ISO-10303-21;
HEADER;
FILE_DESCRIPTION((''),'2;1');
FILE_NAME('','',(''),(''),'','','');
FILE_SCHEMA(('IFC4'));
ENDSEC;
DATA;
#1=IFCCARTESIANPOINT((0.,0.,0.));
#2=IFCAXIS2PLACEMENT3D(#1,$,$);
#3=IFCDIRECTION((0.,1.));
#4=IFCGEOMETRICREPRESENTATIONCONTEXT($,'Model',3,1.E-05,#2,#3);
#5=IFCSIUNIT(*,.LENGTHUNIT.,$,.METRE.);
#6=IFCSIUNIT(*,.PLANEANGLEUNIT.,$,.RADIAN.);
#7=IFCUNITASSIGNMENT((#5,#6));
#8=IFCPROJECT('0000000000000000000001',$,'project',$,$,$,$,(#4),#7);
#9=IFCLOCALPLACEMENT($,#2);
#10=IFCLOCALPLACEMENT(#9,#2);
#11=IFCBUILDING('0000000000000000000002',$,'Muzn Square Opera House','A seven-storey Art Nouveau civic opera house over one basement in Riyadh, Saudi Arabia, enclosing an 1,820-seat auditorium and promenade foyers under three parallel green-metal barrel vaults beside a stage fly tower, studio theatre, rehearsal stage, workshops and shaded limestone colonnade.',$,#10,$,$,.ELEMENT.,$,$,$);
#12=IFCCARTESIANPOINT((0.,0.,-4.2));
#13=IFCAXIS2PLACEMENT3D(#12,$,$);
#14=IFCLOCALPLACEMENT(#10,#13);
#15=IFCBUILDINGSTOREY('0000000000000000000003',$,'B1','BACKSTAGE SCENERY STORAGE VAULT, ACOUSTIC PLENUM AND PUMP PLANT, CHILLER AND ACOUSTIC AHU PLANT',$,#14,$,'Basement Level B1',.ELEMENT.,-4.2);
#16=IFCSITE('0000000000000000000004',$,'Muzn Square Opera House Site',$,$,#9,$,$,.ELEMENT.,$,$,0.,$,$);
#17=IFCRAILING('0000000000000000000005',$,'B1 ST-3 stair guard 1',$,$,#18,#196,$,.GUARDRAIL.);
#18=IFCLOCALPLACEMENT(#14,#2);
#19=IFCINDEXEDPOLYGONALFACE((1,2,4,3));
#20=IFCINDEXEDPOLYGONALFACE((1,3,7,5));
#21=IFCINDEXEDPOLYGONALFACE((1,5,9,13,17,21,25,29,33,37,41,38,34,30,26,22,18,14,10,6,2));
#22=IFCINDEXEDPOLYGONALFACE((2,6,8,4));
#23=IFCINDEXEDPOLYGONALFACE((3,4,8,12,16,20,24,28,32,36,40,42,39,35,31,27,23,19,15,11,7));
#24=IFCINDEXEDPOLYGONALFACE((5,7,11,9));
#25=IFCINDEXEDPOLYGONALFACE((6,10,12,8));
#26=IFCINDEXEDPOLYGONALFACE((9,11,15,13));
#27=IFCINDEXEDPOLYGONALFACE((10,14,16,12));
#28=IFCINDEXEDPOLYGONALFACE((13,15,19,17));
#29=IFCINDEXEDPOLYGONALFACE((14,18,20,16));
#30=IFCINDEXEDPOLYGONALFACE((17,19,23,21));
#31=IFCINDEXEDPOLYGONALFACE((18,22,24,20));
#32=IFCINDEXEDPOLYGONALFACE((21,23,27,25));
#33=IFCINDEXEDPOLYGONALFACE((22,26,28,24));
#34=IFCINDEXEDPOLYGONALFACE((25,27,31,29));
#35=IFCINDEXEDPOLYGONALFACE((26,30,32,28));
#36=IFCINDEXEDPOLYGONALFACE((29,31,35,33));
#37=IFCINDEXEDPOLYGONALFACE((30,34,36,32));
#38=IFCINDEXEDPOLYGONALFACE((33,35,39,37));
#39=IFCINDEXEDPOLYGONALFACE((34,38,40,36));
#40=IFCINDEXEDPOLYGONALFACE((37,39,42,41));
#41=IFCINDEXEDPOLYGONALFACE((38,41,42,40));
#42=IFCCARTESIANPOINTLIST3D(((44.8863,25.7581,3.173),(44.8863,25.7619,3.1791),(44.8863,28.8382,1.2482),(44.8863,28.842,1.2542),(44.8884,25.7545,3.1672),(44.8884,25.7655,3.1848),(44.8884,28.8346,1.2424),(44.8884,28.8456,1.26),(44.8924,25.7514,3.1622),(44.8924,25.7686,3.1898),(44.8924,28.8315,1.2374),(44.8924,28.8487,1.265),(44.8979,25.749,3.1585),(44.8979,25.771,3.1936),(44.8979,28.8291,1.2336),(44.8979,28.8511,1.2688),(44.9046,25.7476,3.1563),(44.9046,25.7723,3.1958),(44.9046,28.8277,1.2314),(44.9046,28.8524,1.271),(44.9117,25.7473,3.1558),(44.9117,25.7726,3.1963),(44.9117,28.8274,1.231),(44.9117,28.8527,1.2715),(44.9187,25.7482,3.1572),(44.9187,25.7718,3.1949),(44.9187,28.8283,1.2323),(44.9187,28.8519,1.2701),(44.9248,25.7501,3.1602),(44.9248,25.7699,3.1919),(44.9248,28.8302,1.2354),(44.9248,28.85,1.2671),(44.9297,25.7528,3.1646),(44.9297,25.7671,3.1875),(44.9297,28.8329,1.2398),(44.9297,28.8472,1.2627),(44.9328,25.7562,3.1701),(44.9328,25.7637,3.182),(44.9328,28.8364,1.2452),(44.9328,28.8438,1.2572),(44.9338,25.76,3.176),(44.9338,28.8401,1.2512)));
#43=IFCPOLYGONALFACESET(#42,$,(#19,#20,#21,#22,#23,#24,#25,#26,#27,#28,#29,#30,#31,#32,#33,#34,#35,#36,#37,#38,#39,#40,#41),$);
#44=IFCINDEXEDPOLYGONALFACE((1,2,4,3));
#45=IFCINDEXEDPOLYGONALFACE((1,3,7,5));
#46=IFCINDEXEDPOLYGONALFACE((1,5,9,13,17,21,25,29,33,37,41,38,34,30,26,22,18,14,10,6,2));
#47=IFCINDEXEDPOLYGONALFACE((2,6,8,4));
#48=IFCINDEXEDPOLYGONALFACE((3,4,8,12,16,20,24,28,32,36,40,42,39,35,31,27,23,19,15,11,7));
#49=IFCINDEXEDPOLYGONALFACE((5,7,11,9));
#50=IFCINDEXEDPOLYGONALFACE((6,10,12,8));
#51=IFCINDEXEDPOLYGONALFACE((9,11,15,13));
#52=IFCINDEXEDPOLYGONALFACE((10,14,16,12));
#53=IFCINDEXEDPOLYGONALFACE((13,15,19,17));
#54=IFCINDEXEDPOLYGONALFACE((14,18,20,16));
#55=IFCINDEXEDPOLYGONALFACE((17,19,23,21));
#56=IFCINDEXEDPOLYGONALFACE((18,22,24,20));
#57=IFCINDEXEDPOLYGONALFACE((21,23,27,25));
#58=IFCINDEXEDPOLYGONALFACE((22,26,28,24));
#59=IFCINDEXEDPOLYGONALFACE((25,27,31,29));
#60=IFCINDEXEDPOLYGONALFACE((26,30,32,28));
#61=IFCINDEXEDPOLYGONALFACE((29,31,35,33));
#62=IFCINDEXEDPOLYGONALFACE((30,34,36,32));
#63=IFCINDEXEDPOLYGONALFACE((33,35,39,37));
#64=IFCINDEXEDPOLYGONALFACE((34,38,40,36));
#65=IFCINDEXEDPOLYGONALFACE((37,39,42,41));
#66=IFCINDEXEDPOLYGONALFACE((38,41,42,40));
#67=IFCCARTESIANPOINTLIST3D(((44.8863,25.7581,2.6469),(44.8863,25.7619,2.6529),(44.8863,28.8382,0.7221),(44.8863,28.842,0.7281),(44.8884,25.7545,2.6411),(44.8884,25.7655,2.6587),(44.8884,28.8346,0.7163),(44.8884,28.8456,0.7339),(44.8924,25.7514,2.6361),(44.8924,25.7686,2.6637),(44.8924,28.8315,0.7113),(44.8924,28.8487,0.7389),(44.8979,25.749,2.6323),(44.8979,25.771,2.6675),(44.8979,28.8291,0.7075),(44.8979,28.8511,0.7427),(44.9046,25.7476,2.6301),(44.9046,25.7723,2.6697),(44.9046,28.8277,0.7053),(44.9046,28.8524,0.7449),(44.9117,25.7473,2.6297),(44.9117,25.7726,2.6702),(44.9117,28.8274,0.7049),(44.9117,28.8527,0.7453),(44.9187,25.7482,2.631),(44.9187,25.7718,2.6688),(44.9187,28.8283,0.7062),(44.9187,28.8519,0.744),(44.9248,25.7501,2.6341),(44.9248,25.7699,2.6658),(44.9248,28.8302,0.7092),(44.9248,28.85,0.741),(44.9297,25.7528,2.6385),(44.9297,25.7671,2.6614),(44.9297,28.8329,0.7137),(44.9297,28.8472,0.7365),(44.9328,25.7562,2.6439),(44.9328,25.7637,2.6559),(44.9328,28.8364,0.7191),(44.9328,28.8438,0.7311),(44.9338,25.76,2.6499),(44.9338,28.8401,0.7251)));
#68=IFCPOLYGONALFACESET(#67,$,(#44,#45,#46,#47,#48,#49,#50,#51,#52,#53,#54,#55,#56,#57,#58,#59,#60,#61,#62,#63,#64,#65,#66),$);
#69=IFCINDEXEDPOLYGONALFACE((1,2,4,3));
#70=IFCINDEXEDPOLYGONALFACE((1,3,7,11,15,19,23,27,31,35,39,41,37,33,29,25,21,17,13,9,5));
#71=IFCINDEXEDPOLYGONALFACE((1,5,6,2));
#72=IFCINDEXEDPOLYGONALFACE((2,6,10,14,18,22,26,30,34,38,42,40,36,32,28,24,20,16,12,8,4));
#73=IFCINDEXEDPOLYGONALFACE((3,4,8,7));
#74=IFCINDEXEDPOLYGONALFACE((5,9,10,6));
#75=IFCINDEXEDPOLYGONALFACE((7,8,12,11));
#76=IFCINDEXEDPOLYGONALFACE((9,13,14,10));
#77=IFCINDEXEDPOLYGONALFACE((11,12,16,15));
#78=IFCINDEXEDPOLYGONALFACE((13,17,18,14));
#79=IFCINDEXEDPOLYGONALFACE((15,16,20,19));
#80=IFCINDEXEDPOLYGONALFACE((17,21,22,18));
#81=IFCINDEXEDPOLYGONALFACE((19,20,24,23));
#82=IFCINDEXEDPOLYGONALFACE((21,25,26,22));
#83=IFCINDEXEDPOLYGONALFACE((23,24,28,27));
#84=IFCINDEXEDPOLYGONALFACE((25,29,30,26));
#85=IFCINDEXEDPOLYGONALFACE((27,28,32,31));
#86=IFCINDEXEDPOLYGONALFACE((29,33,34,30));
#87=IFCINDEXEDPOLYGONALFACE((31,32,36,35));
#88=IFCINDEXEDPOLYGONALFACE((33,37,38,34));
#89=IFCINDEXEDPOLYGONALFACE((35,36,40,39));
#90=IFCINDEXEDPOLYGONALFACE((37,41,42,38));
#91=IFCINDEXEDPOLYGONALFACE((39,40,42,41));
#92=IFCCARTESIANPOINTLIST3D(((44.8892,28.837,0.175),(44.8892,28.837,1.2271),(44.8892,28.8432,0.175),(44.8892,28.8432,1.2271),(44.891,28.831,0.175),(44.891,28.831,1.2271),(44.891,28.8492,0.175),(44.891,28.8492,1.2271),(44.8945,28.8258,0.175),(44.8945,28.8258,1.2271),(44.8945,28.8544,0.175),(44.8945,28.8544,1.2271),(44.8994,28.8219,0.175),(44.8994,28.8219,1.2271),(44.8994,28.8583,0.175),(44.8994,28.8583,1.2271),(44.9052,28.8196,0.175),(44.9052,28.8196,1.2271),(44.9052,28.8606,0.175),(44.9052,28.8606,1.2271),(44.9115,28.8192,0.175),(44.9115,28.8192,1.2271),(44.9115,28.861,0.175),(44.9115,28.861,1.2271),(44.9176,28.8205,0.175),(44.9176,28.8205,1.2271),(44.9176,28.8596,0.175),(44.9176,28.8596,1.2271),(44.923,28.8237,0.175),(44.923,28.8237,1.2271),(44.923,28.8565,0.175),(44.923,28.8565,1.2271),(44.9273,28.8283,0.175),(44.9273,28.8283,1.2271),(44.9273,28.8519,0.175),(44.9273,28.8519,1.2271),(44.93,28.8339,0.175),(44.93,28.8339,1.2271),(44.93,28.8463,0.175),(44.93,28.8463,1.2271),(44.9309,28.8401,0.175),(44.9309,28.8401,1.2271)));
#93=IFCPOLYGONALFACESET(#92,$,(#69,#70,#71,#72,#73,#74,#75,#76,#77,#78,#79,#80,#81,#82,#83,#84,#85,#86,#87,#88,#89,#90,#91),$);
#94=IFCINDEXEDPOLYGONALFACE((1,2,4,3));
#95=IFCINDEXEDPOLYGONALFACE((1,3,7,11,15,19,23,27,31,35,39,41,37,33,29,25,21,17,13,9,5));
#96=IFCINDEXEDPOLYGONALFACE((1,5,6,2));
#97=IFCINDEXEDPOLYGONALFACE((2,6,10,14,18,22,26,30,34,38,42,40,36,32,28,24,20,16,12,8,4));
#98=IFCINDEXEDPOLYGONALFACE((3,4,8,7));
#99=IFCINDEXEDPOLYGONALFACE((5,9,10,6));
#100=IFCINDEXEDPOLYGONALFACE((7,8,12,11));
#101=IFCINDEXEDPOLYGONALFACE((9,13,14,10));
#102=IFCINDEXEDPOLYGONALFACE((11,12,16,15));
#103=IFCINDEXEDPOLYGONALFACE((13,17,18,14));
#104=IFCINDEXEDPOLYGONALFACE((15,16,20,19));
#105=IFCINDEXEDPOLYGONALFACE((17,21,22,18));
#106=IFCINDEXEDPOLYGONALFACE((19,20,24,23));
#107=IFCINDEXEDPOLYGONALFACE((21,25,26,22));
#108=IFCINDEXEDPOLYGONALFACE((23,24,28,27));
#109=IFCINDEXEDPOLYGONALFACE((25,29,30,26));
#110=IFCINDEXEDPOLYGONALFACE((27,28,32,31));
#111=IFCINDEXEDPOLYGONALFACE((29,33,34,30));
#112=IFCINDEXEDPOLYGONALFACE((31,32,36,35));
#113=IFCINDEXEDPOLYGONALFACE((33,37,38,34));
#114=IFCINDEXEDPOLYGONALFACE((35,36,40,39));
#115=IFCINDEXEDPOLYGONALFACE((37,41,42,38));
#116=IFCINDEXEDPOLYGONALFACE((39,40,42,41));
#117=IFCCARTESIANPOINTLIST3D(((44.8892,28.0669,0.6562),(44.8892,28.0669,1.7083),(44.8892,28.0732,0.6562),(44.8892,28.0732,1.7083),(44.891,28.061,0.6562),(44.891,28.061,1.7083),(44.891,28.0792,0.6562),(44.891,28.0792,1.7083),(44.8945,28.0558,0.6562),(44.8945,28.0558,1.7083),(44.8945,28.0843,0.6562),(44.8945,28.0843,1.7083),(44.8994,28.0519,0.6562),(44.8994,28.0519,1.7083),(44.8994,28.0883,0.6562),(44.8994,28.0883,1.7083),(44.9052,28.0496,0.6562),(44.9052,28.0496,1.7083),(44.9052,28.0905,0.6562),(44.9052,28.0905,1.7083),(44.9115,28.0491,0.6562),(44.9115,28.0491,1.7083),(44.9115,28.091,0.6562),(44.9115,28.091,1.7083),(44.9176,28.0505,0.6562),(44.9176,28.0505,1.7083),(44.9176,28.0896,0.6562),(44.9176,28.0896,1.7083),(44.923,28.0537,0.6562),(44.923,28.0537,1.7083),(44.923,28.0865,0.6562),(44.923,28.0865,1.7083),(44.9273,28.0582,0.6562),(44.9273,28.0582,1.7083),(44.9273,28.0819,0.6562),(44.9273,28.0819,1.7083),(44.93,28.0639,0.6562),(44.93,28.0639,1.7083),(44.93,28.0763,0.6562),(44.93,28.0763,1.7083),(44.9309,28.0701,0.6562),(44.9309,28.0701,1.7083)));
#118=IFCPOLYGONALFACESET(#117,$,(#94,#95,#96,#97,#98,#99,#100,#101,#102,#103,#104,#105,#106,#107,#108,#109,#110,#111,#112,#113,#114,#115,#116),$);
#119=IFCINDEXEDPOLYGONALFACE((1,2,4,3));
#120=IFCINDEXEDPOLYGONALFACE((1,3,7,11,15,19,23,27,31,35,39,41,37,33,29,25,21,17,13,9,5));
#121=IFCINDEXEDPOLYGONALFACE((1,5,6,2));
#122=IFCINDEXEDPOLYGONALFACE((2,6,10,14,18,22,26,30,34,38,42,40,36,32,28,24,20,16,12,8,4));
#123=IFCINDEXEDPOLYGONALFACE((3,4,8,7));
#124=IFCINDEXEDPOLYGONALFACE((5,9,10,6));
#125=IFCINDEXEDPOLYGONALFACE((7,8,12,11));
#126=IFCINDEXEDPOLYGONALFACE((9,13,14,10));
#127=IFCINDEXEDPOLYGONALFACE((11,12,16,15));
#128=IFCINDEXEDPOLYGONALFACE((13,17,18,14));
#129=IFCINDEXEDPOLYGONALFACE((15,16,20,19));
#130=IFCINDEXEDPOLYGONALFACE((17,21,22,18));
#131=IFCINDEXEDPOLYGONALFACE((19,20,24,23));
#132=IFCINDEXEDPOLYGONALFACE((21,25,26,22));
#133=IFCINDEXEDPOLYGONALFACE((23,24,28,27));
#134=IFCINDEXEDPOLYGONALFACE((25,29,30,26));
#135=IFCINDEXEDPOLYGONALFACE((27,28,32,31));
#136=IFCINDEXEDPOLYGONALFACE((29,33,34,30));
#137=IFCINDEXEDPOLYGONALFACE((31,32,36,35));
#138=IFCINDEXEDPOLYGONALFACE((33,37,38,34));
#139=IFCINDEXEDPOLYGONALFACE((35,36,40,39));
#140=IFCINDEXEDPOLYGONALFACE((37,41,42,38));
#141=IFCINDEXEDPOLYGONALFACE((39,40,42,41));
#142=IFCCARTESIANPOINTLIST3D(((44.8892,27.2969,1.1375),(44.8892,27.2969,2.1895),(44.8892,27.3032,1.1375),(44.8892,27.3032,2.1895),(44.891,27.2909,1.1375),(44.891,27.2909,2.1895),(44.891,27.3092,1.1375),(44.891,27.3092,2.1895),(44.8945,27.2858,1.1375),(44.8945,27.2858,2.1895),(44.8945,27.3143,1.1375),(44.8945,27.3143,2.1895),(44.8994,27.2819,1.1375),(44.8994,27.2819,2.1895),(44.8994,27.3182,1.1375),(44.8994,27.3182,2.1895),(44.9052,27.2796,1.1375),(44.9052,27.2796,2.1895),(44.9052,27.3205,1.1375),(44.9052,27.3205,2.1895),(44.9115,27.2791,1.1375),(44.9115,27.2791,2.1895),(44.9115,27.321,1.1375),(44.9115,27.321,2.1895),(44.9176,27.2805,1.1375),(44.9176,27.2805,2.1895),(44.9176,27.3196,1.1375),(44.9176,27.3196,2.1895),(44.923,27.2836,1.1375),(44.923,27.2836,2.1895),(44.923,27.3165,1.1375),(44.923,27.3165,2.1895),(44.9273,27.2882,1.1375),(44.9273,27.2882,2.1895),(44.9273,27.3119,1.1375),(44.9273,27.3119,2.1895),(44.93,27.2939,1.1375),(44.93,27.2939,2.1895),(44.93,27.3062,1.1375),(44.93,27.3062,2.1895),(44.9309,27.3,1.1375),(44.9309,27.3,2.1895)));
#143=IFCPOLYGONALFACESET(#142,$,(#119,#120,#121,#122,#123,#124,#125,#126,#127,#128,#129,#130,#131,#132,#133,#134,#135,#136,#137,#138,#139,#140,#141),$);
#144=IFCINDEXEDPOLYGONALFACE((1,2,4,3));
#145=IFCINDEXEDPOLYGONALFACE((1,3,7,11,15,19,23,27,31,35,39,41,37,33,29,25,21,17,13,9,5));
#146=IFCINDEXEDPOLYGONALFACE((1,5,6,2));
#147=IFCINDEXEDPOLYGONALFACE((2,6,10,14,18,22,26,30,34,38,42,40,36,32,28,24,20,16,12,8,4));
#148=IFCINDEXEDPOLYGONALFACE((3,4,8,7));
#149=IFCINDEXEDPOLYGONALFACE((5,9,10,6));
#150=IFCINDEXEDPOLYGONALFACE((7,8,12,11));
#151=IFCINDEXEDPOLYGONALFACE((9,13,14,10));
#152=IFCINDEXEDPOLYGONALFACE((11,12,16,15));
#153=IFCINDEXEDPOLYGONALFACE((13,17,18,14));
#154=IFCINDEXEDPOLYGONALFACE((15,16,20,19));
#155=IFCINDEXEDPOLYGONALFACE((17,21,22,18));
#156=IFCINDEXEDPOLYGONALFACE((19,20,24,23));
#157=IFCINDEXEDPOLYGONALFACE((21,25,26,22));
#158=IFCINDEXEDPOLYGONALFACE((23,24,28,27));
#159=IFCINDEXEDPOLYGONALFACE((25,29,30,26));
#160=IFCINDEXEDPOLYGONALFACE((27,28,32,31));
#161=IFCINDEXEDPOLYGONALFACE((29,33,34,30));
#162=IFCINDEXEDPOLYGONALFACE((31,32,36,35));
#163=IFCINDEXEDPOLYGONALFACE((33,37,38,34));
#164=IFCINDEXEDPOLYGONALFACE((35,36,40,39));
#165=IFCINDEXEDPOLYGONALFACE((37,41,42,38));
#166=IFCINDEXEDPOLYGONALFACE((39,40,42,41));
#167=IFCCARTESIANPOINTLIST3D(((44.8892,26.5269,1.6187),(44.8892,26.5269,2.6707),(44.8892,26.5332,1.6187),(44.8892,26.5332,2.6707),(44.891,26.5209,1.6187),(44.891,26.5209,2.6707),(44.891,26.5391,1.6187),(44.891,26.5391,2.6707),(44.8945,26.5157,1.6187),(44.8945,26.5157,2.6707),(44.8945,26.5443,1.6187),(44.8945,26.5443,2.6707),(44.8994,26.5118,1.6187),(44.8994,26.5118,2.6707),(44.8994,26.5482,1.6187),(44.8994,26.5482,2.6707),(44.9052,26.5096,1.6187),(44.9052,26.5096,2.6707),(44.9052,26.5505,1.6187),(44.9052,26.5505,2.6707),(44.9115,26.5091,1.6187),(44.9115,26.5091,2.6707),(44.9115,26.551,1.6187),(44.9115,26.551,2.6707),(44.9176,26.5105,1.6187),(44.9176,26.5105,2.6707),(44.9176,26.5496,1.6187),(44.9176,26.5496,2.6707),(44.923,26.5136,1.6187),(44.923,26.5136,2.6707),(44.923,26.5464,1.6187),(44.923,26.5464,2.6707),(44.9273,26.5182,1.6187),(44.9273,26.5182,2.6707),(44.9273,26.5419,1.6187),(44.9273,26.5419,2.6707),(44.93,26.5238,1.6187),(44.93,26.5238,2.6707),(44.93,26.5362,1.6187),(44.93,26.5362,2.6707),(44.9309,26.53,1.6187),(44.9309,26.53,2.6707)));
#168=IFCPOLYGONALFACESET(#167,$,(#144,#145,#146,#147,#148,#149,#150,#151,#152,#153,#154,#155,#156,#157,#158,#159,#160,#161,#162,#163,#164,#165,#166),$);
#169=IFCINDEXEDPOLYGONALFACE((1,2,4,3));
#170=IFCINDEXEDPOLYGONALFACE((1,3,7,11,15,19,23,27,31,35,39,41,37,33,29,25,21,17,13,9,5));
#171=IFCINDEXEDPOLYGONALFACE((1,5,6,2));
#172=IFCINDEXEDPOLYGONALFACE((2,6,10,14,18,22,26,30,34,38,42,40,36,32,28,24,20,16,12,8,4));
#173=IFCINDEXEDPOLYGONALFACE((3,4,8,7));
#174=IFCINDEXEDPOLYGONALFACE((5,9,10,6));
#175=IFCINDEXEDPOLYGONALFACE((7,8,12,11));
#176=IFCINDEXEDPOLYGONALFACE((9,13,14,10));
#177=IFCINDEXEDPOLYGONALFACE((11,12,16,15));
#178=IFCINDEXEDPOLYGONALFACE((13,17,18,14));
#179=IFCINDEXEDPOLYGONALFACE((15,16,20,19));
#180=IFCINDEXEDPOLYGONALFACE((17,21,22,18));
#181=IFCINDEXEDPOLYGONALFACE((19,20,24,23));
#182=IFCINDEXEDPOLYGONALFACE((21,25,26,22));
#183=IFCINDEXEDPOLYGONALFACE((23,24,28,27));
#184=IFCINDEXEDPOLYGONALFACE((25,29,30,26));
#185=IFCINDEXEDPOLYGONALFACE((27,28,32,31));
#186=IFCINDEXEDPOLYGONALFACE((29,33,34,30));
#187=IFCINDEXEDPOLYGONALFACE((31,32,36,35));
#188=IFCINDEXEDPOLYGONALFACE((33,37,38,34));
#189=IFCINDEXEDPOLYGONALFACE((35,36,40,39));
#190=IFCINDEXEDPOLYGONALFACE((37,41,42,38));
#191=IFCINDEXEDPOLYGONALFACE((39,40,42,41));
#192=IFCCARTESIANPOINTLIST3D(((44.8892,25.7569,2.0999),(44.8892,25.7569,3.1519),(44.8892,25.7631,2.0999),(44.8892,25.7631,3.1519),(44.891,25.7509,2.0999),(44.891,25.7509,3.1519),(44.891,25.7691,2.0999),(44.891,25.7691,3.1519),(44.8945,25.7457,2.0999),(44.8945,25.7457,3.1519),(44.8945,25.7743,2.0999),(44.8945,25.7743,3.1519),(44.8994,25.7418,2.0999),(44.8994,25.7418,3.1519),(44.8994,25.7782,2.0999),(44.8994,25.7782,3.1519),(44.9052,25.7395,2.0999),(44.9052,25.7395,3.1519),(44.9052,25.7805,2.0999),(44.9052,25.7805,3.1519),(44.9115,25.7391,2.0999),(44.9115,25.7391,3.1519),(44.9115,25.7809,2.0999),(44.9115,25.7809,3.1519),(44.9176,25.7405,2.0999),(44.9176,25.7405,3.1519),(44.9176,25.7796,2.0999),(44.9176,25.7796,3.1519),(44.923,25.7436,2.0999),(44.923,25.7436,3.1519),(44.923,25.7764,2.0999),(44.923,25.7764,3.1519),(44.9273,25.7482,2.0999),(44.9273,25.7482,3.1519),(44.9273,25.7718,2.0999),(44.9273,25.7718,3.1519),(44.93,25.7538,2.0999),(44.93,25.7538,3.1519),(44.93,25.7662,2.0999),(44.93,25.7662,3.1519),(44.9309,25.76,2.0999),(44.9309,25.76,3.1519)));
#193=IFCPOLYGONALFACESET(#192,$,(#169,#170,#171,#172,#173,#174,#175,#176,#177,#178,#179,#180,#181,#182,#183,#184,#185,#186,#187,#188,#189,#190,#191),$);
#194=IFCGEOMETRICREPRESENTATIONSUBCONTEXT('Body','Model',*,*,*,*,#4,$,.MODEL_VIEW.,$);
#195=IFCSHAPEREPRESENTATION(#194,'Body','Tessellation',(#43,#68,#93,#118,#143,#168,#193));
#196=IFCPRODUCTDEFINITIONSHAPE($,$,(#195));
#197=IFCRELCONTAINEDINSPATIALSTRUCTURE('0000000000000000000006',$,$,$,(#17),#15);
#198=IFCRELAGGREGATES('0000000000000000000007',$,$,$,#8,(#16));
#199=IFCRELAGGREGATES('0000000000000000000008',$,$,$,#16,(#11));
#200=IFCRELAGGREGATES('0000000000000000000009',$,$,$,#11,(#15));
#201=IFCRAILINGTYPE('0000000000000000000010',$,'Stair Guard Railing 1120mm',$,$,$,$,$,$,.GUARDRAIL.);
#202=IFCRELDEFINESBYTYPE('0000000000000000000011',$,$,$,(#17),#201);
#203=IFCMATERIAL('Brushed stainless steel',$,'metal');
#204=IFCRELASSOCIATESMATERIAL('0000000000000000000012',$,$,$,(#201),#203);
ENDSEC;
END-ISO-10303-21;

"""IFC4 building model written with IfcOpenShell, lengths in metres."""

from ifc_helpers import new_model, si_unit, direction, frame, origin, origin_2d, place, context, subcontext, project, spatial, circle, extrude, material, type_object, element, save


model = new_model("IFC4")

# Units and contexts
model_context = context("Model", 3, precision=1e-05, world=origin(), true_north=direction((0.0, 1.0)))
body_context = subcontext(model_context, "Body", "Model", "MODEL_VIEW")
ifc_project = project(units=[si_unit("LENGTHUNIT", "METRE"), si_unit("PLANEANGLEUNIT", "RADIAN")], contexts=[model_context])

# Site, building, storey
site_placement = place(None, origin())
site = spatial("IfcSite", under=ifc_project, at=site_placement, Name="Muzn Square Opera House Site", CompositionType="ELEMENT", RefElevation=0.0)
building_placement = place(site_placement, origin())
building = spatial("IfcBuilding", under=site, at=building_placement, Name="Muzn Square Opera House", Description="A seven-storey Art Nouveau civic opera house over one basement in Riyadh, Saudi Arabia, enclosing an 1,820-seat auditorium and promenade foyers under three parallel green-metal barrel vaults beside a stage fly tower, studio theatre, rehearsal stage, workshops and shaded limestone colonnade.", CompositionType="ELEMENT")
storey_placement = place(building_placement, frame((0.0, 0.0, -4.2)))
storey = spatial("IfcBuildingStorey", under=building, at=storey_placement, Name="B1", Description="BACKSTAGE SCENERY STORAGE VAULT, ACOUSTIC PLENUM AND PUMP PLANT, CHILLER AND ACOUSTIC AHU PLANT", LongName="Basement Level B1", CompositionType="ELEMENT", Elevation=-4.2)

# Railing
ifc_material_1 = material(Name="Brushed stainless steel", Category="metal")
railing_type_1 = type_object("IfcRailingType", Name="Stair Guard Railing 1120mm", PredefinedType="GUARDRAIL", material=ifc_material_1)
railing_1_placement = place(storey_placement, frame((44.9099, 28.8401, 0.175)))
element("IfcRailing", 1, at=railing_1_placement, inside=storey, type_object=railing_type_1, Name="B1 ST-3 stair guard 1", PredefinedType="GUARDRAIL", context=body_context, shape_type="SweptSolid", body=[
    extrude(circle(Radius=0.0239, at=origin_2d()), frame((0.0, 0.0, 1.0762), z_axis=(0.0, -0.848029, 0.529951), x_axis=(1.0, 0.0, 0.0)), (0.0, 0.0, 1.0), 3.6321),
    extrude(circle(Radius=0.0239, at=origin_2d()), frame((0.0, 0.0, 0.55), z_axis=(0.0, -0.848029, 0.529951), x_axis=(1.0, 0.0, 0.0)), (0.0, 0.0, 1.0), 3.6321),
    extrude(circle(Radius=0.021, at=origin_2d()), origin(), (0.0, 0.0, 1.0), 1.052),
    extrude(circle(Radius=0.021, at=origin_2d()), frame((0.0, -0.77, 0.4812)), (0.0, 0.0, 1.0), 1.052),
    extrude(circle(Radius=0.021, at=origin_2d()), frame((0.0, -1.54, 0.9624)), (0.0, 0.0, 1.0), 1.052),
    extrude(circle(Radius=0.021, at=origin_2d()), frame((0.0, -2.3101, 1.4436)), (0.0, 0.0, 1.0), 1.052),
    extrude(circle(Radius=0.021, at=origin_2d()), frame((0.0, -3.0801, 1.9248)), (0.0, 0.0, 1.0), 1.052),
])

save(model, "model.ifc")
